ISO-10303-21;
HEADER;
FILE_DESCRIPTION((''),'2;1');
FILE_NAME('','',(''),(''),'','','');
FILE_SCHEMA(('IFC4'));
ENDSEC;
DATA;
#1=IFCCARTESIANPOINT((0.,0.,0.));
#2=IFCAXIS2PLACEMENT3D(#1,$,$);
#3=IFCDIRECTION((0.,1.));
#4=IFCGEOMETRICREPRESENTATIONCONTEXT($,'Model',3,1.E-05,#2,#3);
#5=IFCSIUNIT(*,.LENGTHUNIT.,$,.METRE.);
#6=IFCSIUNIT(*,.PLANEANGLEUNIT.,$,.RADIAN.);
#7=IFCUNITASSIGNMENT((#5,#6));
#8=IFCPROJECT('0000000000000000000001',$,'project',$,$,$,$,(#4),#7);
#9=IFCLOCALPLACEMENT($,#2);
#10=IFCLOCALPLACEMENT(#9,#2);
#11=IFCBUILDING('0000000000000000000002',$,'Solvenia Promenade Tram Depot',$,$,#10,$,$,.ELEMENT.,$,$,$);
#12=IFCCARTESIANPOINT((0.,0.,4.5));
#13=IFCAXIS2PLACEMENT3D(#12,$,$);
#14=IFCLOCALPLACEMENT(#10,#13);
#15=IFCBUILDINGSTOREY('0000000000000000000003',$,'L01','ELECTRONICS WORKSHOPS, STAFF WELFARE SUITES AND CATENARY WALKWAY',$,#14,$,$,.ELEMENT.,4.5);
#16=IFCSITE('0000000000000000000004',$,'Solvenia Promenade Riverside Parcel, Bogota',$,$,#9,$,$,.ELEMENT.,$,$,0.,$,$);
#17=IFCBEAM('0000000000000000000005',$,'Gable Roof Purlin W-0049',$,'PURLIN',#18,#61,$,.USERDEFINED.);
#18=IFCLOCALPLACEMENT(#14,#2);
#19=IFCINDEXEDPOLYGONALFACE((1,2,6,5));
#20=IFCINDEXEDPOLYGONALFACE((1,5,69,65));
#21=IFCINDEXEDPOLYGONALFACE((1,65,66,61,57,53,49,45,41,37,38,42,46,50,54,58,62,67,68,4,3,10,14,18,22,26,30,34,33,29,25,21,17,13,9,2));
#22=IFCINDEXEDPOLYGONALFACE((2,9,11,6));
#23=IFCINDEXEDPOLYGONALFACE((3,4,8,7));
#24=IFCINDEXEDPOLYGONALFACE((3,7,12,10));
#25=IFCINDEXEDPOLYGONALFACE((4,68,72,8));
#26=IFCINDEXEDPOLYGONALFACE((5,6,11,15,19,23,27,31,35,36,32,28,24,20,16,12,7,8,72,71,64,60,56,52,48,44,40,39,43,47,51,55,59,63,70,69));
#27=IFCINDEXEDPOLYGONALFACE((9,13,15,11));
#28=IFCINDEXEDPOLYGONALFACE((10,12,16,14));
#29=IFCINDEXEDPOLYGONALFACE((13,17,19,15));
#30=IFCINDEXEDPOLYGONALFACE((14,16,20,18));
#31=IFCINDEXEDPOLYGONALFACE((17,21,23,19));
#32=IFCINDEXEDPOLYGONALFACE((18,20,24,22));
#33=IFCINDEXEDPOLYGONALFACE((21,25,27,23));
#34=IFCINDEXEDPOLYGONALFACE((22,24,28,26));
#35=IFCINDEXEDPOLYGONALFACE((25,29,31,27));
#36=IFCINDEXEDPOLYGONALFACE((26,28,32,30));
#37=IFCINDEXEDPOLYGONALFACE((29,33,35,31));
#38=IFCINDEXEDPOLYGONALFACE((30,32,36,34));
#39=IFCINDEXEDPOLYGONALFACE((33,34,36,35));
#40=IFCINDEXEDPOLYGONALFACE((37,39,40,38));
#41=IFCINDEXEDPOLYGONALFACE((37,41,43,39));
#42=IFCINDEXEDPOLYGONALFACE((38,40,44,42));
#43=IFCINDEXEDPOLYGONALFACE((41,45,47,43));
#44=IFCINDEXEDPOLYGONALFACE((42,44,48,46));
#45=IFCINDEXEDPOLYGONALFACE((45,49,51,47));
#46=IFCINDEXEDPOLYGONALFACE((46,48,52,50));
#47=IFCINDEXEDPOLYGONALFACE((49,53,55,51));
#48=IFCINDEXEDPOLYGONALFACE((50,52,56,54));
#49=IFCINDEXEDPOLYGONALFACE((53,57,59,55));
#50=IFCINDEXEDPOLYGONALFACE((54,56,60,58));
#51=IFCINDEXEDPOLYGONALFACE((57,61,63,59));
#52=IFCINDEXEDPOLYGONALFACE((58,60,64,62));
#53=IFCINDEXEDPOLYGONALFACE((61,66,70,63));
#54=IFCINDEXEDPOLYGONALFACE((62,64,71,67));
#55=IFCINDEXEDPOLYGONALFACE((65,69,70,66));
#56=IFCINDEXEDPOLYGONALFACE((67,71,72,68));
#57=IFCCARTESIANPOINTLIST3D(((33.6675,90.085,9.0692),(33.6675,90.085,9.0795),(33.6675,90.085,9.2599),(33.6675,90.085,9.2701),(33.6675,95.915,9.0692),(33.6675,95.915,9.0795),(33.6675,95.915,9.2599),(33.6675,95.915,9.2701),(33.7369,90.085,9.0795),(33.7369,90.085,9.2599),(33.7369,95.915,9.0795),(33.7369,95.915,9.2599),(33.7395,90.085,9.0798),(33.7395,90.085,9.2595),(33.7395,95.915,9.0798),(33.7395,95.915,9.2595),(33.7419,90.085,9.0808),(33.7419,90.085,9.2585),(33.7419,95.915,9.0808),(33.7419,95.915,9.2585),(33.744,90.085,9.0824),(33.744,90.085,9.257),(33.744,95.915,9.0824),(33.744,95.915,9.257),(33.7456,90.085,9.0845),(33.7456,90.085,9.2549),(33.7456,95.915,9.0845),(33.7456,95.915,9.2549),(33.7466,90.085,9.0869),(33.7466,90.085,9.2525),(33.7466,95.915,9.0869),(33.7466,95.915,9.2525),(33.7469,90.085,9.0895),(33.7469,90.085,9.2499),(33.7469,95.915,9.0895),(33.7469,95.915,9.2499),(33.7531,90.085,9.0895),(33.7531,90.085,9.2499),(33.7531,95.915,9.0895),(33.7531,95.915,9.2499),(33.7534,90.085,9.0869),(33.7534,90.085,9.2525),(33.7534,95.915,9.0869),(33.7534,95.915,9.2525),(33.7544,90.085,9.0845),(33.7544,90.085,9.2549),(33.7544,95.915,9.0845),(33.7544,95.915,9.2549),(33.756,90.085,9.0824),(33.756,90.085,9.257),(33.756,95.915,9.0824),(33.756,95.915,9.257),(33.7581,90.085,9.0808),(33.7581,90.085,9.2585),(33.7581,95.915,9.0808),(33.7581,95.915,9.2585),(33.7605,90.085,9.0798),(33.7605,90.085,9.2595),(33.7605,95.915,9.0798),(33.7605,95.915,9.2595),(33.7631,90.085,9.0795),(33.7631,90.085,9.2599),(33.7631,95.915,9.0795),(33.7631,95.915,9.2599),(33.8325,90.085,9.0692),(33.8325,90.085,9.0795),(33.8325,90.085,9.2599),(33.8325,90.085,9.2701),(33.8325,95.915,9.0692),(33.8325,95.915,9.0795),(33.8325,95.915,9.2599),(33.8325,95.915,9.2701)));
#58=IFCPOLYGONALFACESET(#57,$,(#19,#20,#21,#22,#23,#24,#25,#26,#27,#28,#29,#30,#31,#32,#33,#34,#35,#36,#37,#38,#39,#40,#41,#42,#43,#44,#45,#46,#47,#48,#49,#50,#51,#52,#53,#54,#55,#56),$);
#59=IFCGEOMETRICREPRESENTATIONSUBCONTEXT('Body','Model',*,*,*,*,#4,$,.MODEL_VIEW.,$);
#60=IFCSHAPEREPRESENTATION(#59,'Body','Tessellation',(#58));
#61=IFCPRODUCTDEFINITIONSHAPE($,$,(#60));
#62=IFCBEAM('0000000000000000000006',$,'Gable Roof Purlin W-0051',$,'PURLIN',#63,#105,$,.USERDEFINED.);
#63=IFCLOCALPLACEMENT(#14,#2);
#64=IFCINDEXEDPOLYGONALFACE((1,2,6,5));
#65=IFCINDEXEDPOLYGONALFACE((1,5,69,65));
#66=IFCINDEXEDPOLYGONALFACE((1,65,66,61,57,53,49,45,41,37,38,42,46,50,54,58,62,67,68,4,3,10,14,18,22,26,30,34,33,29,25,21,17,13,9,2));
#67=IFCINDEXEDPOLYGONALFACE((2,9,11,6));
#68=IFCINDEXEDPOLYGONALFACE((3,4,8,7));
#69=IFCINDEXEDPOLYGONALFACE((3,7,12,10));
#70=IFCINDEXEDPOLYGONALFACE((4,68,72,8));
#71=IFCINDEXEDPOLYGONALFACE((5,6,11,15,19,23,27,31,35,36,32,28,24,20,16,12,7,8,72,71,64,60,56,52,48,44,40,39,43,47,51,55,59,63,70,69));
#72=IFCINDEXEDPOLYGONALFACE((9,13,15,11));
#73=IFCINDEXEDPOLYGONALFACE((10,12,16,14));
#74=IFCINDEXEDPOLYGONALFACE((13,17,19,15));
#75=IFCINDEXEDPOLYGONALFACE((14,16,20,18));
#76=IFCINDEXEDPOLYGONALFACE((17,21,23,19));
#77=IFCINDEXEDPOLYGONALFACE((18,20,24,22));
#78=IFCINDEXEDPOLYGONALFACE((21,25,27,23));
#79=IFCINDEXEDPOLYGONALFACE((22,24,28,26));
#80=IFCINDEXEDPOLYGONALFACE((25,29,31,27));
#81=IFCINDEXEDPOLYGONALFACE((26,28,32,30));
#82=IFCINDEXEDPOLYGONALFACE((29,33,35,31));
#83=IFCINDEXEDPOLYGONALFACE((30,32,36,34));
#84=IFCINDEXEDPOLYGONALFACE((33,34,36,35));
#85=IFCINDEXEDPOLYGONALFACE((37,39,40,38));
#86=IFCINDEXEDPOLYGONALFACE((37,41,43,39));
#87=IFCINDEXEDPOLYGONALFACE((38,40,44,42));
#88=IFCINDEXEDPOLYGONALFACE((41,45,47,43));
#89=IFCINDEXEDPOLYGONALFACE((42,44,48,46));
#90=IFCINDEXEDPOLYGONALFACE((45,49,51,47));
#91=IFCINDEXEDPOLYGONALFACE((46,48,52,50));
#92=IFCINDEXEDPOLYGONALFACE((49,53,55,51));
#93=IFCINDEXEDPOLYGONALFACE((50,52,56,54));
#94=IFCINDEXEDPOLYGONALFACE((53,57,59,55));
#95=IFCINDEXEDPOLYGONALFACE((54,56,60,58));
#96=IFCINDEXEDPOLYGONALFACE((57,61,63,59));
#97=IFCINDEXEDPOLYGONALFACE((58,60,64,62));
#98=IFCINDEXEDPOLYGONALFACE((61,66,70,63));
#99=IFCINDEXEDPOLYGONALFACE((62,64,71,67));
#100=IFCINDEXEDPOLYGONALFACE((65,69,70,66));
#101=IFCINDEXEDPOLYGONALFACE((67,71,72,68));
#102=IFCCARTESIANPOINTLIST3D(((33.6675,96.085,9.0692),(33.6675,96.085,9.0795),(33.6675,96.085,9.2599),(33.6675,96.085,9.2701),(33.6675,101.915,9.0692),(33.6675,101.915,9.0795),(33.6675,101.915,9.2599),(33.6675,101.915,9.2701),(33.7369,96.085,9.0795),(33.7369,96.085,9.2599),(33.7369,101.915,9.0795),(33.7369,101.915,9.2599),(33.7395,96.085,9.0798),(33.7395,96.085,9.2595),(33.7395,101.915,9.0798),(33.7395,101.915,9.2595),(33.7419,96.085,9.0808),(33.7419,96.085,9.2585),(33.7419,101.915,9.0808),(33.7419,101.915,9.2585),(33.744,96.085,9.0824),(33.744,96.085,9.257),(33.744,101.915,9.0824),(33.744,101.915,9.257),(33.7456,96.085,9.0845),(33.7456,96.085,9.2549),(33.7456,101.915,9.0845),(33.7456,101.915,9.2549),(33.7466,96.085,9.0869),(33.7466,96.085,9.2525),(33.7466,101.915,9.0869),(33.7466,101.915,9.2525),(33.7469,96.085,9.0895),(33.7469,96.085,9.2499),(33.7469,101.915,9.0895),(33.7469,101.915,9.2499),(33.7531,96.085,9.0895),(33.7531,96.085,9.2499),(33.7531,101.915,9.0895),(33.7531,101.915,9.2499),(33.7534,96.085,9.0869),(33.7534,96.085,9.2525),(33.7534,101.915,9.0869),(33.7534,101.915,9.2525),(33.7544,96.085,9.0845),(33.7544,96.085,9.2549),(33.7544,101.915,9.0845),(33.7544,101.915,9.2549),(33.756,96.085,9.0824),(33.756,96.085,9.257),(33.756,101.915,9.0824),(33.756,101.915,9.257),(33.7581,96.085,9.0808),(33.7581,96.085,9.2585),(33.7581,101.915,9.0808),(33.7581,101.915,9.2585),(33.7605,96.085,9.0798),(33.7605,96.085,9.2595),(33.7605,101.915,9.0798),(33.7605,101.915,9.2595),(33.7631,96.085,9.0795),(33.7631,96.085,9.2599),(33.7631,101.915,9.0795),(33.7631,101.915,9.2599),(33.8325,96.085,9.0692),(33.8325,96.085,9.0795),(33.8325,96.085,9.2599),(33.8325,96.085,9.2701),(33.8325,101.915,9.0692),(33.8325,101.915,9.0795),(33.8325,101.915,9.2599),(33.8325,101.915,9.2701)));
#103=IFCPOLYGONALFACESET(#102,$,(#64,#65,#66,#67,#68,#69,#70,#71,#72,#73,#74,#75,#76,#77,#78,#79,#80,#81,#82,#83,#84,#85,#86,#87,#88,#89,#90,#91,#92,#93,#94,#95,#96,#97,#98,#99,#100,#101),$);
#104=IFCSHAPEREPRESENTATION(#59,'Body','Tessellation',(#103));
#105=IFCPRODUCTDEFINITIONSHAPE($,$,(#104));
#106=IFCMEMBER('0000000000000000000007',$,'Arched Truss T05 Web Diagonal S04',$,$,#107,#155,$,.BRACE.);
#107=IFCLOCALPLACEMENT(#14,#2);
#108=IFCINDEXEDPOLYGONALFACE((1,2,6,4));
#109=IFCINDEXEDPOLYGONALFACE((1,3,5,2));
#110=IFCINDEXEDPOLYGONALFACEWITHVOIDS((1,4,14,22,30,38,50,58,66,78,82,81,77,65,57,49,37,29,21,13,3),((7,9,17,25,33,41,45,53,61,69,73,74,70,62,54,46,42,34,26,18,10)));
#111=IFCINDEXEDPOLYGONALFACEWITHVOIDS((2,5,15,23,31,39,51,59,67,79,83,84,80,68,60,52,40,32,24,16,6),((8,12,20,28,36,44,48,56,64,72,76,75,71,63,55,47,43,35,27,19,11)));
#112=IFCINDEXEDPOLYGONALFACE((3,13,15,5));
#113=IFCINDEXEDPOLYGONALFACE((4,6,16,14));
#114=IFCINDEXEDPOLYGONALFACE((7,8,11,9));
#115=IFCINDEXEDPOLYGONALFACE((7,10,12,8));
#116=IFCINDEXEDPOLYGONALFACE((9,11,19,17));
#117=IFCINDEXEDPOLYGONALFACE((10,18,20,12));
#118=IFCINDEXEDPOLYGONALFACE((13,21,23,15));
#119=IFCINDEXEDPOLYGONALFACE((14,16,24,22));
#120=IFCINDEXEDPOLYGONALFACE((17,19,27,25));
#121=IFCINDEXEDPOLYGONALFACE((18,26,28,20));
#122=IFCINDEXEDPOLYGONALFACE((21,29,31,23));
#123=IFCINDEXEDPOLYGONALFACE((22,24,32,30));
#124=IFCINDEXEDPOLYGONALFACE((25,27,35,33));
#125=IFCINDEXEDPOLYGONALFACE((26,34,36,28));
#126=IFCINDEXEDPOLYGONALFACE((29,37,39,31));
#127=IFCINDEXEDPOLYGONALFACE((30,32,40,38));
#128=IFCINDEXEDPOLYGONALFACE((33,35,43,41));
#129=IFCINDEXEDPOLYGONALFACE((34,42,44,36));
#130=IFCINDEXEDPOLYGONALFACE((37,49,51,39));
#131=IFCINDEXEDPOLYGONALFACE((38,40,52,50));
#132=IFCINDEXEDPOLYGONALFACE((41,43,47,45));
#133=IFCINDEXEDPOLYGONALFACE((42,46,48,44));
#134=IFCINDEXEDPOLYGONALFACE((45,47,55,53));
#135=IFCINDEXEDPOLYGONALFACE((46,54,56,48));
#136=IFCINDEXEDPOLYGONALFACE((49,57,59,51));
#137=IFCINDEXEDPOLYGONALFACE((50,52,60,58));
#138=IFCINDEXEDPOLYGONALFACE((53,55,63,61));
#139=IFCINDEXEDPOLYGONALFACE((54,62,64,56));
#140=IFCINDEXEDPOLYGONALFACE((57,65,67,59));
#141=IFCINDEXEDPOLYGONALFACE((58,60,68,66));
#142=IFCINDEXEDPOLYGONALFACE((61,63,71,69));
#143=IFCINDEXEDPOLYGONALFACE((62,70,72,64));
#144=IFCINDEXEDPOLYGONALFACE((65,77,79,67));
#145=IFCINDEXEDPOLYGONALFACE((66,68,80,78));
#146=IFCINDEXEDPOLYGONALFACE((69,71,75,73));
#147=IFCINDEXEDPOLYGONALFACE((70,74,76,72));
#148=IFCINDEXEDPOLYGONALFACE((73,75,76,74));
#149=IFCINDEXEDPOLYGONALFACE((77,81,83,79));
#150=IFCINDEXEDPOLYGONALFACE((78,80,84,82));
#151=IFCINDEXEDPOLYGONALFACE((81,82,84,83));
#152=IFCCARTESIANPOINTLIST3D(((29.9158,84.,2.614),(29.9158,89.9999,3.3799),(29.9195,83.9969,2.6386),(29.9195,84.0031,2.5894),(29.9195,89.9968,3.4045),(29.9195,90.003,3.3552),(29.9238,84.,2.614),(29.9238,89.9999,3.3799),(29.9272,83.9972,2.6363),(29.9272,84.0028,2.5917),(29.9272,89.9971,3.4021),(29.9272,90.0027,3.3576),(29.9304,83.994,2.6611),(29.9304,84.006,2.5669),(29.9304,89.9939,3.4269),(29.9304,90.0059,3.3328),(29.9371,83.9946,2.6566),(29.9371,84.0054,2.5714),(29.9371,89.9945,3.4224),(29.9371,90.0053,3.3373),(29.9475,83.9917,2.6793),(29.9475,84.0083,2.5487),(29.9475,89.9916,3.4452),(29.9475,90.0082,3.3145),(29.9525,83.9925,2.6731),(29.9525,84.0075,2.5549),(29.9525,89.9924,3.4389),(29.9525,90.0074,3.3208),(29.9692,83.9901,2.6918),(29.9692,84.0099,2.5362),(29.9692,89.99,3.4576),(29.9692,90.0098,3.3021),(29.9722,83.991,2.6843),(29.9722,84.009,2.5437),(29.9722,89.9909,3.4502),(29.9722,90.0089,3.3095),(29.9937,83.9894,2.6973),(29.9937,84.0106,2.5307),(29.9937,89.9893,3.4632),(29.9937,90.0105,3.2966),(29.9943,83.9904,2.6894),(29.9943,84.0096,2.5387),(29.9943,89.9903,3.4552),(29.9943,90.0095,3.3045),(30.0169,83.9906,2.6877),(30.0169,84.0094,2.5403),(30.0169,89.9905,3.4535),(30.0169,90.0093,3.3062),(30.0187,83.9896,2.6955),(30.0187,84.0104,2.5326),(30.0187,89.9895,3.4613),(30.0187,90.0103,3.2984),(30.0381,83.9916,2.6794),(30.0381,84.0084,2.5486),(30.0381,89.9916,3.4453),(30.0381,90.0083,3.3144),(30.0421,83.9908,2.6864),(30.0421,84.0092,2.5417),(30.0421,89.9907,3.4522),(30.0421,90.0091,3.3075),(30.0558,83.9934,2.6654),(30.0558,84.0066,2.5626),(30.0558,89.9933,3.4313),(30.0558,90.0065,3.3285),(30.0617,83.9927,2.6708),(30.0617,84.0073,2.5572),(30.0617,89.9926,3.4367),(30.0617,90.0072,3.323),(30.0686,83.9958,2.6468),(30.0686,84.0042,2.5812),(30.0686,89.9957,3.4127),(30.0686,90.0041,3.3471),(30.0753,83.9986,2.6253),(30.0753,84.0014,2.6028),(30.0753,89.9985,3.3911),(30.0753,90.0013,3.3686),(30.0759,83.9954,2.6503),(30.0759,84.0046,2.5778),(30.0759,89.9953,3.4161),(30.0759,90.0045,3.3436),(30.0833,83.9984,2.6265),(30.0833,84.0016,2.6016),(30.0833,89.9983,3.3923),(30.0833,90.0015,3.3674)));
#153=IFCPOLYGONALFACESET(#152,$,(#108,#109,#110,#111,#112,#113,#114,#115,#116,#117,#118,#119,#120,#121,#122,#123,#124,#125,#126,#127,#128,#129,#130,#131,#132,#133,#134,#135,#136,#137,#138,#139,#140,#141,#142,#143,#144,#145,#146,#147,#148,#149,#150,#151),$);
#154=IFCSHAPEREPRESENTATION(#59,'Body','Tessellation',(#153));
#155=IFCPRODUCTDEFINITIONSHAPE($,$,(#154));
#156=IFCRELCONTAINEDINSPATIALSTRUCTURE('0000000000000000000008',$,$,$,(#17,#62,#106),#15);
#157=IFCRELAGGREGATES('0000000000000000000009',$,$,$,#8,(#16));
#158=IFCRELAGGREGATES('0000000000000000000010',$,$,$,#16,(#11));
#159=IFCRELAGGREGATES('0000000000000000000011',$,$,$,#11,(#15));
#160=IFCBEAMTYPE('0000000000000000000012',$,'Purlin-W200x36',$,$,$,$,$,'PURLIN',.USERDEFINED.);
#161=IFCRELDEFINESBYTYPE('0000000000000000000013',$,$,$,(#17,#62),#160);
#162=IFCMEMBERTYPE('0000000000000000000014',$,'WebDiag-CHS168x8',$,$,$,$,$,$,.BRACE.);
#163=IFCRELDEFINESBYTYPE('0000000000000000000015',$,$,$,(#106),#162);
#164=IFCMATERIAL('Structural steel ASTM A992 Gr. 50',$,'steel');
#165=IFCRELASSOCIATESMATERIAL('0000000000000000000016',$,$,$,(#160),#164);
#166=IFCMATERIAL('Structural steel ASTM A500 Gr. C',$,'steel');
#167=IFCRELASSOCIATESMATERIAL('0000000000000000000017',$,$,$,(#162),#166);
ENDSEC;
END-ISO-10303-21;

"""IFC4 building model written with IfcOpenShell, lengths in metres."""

from ifc_helpers import new_model, si_unit, direction, frame, origin, origin_2d, place, context, subcontext, project, spatial, hollow_circle, i_section, extrude, material, material_profile, profile_set, type_object, element, save


model = new_model("IFC4")

# Units and contexts
model_context = context("Model", 3, precision=1e-05, world=origin(), true_north=direction((0.0, 1.0)))
body_context = subcontext(model_context, "Body", "Model", "MODEL_VIEW")
ifc_project = project(units=[si_unit("LENGTHUNIT", "METRE"), si_unit("PLANEANGLEUNIT", "RADIAN")], contexts=[model_context])

# Site, building, storey
site_placement = place(None, origin())
site = spatial("IfcSite", under=ifc_project, at=site_placement, Name="Solvenia Promenade Riverside Parcel, Bogota", CompositionType="ELEMENT", RefElevation=0.0)
building_placement = place(site_placement, origin())
building = spatial("IfcBuilding", under=site, at=building_placement, Name="Solvenia Promenade Tram Depot", CompositionType="ELEMENT")
storey_placement = place(building_placement, frame((0.0, 0.0, 4.5)))
storey = spatial("IfcBuildingStorey", under=building, at=storey_placement, Name="L01", Description="ELECTRONICS WORKSHOPS, STAFF WELFARE SUITES AND CATENARY WALKWAY", CompositionType="ELEMENT", Elevation=4.5)

# Shared definitions
ifc_material_1 = material(Name="Structural steel ASTM A500 Gr. C", Category="steel")

# Beams
ifc_material_2 = material(Name="Structural steel ASTM A992 Gr. 50", Category="steel")
ifc_material_profile_1 = material_profile(ifc_material_2, i_section(OverallWidth=0.165, OverallDepth=0.2009, WebThickness=0.0061, FlangeThickness=0.0103, FilletRadius=0.01, at=origin_2d()), Name="W200x36", Category="steel")
ifc_profile_set_1 = profile_set([ifc_material_profile_1], Name="Structural steel ASTM A992 Gr. 50")
beam_type = type_object("IfcBeamType", Name="Purlin-W200x36", ElementType="PURLIN", PredefinedType="USERDEFINED", material=ifc_profile_set_1)
for number, where, z_axis, x_axis, name in (
    (1, (33.75, 90.085, 9.1697), (0.0, 1.0, 0.0), (-1.0, 0.0, 0.0), "Gable Roof Purlin W-0049"),
    (2, (33.75, 96.085, 9.1697), (0.0, 1.0, 0.0), (-1.0, 0.0, 0.0), "Gable Roof Purlin W-0051"),
):
    element("IfcBeam", number, at=place(storey_placement, frame(where, z_axis=z_axis, x_axis=x_axis)), inside=storey, type_object=beam_type, Name=name, ObjectType="PURLIN", PredefinedType="USERDEFINED", context=body_context, shape_type="SweptSolid", body=[
        extrude(i_section(OverallWidth=0.165, OverallDepth=0.2009, WebThickness=0.0061, FlangeThickness=0.0103, FilletRadius=0.01, at=origin_2d()), origin(), (0.0, 0.0, 1.0), 5.8301),
    ])

# Member
ifc_material_profile_2 = material_profile(ifc_material_1, hollow_circle(Radius=0.0842, WallThickness=0.0081, at=origin_2d()), Name="CHS168.3x8", Category="steel")
ifc_profile_set_2 = profile_set([ifc_material_profile_2], Name="Structural steel ASTM A500 Gr. C")
member_type_1 = type_object("IfcMemberType", Name="WebDiag-CHS168x8", PredefinedType="BRACE", material=ifc_profile_set_2)
member_1_placement = place(storey_placement, frame((30.0, 84.0, 2.614), z_axis=(0.0, 0.991952, 0.126618), x_axis=(-1.0, 0.0, 0.0)))
element("IfcMember", 3, at=member_1_placement, inside=storey, type_object=member_type_1, Name="Arched Truss T05 Web Diagonal S04", PredefinedType="BRACE", context=body_context, shape_type="SweptSolid", body=[
    extrude(hollow_circle(Radius=0.0842, WallThickness=0.0081, at=origin_2d()), origin(), (0.0, 0.0, 1.0), 6.0486),
])

save(model, "model.ifc")
